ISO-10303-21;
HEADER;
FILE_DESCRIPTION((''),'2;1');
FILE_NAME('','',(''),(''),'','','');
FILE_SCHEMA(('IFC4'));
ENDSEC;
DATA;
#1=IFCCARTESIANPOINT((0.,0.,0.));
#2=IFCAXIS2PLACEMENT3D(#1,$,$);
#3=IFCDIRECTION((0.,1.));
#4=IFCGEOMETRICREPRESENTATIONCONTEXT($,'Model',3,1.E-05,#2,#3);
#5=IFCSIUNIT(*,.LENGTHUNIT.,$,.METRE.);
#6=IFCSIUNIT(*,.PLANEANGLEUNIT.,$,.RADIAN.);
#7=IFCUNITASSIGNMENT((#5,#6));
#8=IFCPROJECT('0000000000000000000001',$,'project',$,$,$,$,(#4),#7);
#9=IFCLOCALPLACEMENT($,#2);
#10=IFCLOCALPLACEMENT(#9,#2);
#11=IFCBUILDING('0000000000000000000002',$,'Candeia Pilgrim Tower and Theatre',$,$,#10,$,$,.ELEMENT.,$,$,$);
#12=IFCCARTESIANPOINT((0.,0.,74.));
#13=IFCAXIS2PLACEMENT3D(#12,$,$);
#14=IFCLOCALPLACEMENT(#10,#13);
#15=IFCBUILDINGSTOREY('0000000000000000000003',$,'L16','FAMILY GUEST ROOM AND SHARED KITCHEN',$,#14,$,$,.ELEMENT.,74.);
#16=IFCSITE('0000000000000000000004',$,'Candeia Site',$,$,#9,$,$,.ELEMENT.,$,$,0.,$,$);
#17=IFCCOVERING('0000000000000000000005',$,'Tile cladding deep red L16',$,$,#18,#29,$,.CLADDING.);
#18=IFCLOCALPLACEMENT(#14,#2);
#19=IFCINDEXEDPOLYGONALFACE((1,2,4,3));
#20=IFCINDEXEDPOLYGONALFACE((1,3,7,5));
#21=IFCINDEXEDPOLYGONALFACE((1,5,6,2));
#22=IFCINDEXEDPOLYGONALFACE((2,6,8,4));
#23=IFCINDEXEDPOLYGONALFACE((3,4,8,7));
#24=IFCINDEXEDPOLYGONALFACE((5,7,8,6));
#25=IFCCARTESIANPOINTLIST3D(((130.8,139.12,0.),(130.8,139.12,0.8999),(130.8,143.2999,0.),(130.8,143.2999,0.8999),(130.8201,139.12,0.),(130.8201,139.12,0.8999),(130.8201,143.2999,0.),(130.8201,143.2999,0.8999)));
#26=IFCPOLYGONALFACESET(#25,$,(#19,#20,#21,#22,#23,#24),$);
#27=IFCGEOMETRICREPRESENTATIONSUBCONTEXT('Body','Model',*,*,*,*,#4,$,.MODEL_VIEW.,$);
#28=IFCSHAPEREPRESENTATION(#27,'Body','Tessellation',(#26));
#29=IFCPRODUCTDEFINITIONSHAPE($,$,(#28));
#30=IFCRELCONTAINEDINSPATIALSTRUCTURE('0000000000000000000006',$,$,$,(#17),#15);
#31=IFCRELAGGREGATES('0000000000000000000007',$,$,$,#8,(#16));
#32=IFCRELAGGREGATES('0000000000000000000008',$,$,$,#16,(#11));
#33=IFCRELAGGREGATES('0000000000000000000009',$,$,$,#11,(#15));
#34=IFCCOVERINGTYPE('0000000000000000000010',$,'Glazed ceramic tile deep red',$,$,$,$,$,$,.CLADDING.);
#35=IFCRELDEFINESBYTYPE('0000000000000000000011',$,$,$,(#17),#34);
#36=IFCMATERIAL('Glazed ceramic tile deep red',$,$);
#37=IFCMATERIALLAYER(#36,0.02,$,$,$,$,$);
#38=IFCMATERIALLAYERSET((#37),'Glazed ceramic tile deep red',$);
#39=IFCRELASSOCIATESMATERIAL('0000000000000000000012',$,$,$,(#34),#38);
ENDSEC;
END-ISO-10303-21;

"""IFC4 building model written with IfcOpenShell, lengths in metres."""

from ifc_helpers import new_model, si_unit, direction, frame, origin, origin_2d, place, context, subcontext, project, spatial, rectangle, extrude, material, layer, layer_set, type_object, element, save


model = new_model("IFC4")

# Units and contexts
model_context = context("Model", 3, precision=1e-05, world=origin(), true_north=direction((0.0, 1.0)))
body_context = subcontext(model_context, "Body", "Model", "MODEL_VIEW")
ifc_project = project(units=[si_unit("LENGTHUNIT", "METRE"), si_unit("PLANEANGLEUNIT", "RADIAN")], contexts=[model_context])

# Site, building, storey
site_placement = place(None, origin())
site = spatial("IfcSite", under=ifc_project, at=site_placement, Name="Candeia Site", CompositionType="ELEMENT", RefElevation=0.0)
building_placement = place(site_placement, origin())
building = spatial("IfcBuilding", under=site, at=building_placement, Name="Candeia Pilgrim Tower and Theatre", CompositionType="ELEMENT")
storey_placement = place(building_placement, frame((0.0, 0.0, 74.0)))
storey = spatial("IfcBuildingStorey", under=building, at=storey_placement, Name="L16", Description="FAMILY GUEST ROOM AND SHARED KITCHEN", CompositionType="ELEMENT", Elevation=74.0)

# Covering
ifc_material_1 = material(Name="Glazed ceramic tile deep red")
ifc_layer_1 = layer(ifc_material_1, 0.02)
ifc_layer_set_1 = layer_set([ifc_layer_1], Name="Glazed ceramic tile deep red")
covering_type = type_object("IfcCoveringType", Name="Glazed ceramic tile deep red", PredefinedType="CLADDING", material=ifc_layer_set_1)
covering_1_placement = place(storey_placement, frame((130.8101, 141.21, 0.0), z_axis=(0.0, 0.0, 1.0), x_axis=(0.0, 1.0, 0.0)))
element("IfcCovering", 1, at=covering_1_placement, inside=storey, type_object=covering_type, Name="Tile cladding deep red L16", PredefinedType="CLADDING", context=body_context, shape_type="SweptSolid", body=[
    extrude(rectangle(XDim=4.1799, YDim=0.02, at=origin_2d()), origin(), (0.0, 0.0, 1.0), 0.8999),
])

save(model, "model.ifc")
